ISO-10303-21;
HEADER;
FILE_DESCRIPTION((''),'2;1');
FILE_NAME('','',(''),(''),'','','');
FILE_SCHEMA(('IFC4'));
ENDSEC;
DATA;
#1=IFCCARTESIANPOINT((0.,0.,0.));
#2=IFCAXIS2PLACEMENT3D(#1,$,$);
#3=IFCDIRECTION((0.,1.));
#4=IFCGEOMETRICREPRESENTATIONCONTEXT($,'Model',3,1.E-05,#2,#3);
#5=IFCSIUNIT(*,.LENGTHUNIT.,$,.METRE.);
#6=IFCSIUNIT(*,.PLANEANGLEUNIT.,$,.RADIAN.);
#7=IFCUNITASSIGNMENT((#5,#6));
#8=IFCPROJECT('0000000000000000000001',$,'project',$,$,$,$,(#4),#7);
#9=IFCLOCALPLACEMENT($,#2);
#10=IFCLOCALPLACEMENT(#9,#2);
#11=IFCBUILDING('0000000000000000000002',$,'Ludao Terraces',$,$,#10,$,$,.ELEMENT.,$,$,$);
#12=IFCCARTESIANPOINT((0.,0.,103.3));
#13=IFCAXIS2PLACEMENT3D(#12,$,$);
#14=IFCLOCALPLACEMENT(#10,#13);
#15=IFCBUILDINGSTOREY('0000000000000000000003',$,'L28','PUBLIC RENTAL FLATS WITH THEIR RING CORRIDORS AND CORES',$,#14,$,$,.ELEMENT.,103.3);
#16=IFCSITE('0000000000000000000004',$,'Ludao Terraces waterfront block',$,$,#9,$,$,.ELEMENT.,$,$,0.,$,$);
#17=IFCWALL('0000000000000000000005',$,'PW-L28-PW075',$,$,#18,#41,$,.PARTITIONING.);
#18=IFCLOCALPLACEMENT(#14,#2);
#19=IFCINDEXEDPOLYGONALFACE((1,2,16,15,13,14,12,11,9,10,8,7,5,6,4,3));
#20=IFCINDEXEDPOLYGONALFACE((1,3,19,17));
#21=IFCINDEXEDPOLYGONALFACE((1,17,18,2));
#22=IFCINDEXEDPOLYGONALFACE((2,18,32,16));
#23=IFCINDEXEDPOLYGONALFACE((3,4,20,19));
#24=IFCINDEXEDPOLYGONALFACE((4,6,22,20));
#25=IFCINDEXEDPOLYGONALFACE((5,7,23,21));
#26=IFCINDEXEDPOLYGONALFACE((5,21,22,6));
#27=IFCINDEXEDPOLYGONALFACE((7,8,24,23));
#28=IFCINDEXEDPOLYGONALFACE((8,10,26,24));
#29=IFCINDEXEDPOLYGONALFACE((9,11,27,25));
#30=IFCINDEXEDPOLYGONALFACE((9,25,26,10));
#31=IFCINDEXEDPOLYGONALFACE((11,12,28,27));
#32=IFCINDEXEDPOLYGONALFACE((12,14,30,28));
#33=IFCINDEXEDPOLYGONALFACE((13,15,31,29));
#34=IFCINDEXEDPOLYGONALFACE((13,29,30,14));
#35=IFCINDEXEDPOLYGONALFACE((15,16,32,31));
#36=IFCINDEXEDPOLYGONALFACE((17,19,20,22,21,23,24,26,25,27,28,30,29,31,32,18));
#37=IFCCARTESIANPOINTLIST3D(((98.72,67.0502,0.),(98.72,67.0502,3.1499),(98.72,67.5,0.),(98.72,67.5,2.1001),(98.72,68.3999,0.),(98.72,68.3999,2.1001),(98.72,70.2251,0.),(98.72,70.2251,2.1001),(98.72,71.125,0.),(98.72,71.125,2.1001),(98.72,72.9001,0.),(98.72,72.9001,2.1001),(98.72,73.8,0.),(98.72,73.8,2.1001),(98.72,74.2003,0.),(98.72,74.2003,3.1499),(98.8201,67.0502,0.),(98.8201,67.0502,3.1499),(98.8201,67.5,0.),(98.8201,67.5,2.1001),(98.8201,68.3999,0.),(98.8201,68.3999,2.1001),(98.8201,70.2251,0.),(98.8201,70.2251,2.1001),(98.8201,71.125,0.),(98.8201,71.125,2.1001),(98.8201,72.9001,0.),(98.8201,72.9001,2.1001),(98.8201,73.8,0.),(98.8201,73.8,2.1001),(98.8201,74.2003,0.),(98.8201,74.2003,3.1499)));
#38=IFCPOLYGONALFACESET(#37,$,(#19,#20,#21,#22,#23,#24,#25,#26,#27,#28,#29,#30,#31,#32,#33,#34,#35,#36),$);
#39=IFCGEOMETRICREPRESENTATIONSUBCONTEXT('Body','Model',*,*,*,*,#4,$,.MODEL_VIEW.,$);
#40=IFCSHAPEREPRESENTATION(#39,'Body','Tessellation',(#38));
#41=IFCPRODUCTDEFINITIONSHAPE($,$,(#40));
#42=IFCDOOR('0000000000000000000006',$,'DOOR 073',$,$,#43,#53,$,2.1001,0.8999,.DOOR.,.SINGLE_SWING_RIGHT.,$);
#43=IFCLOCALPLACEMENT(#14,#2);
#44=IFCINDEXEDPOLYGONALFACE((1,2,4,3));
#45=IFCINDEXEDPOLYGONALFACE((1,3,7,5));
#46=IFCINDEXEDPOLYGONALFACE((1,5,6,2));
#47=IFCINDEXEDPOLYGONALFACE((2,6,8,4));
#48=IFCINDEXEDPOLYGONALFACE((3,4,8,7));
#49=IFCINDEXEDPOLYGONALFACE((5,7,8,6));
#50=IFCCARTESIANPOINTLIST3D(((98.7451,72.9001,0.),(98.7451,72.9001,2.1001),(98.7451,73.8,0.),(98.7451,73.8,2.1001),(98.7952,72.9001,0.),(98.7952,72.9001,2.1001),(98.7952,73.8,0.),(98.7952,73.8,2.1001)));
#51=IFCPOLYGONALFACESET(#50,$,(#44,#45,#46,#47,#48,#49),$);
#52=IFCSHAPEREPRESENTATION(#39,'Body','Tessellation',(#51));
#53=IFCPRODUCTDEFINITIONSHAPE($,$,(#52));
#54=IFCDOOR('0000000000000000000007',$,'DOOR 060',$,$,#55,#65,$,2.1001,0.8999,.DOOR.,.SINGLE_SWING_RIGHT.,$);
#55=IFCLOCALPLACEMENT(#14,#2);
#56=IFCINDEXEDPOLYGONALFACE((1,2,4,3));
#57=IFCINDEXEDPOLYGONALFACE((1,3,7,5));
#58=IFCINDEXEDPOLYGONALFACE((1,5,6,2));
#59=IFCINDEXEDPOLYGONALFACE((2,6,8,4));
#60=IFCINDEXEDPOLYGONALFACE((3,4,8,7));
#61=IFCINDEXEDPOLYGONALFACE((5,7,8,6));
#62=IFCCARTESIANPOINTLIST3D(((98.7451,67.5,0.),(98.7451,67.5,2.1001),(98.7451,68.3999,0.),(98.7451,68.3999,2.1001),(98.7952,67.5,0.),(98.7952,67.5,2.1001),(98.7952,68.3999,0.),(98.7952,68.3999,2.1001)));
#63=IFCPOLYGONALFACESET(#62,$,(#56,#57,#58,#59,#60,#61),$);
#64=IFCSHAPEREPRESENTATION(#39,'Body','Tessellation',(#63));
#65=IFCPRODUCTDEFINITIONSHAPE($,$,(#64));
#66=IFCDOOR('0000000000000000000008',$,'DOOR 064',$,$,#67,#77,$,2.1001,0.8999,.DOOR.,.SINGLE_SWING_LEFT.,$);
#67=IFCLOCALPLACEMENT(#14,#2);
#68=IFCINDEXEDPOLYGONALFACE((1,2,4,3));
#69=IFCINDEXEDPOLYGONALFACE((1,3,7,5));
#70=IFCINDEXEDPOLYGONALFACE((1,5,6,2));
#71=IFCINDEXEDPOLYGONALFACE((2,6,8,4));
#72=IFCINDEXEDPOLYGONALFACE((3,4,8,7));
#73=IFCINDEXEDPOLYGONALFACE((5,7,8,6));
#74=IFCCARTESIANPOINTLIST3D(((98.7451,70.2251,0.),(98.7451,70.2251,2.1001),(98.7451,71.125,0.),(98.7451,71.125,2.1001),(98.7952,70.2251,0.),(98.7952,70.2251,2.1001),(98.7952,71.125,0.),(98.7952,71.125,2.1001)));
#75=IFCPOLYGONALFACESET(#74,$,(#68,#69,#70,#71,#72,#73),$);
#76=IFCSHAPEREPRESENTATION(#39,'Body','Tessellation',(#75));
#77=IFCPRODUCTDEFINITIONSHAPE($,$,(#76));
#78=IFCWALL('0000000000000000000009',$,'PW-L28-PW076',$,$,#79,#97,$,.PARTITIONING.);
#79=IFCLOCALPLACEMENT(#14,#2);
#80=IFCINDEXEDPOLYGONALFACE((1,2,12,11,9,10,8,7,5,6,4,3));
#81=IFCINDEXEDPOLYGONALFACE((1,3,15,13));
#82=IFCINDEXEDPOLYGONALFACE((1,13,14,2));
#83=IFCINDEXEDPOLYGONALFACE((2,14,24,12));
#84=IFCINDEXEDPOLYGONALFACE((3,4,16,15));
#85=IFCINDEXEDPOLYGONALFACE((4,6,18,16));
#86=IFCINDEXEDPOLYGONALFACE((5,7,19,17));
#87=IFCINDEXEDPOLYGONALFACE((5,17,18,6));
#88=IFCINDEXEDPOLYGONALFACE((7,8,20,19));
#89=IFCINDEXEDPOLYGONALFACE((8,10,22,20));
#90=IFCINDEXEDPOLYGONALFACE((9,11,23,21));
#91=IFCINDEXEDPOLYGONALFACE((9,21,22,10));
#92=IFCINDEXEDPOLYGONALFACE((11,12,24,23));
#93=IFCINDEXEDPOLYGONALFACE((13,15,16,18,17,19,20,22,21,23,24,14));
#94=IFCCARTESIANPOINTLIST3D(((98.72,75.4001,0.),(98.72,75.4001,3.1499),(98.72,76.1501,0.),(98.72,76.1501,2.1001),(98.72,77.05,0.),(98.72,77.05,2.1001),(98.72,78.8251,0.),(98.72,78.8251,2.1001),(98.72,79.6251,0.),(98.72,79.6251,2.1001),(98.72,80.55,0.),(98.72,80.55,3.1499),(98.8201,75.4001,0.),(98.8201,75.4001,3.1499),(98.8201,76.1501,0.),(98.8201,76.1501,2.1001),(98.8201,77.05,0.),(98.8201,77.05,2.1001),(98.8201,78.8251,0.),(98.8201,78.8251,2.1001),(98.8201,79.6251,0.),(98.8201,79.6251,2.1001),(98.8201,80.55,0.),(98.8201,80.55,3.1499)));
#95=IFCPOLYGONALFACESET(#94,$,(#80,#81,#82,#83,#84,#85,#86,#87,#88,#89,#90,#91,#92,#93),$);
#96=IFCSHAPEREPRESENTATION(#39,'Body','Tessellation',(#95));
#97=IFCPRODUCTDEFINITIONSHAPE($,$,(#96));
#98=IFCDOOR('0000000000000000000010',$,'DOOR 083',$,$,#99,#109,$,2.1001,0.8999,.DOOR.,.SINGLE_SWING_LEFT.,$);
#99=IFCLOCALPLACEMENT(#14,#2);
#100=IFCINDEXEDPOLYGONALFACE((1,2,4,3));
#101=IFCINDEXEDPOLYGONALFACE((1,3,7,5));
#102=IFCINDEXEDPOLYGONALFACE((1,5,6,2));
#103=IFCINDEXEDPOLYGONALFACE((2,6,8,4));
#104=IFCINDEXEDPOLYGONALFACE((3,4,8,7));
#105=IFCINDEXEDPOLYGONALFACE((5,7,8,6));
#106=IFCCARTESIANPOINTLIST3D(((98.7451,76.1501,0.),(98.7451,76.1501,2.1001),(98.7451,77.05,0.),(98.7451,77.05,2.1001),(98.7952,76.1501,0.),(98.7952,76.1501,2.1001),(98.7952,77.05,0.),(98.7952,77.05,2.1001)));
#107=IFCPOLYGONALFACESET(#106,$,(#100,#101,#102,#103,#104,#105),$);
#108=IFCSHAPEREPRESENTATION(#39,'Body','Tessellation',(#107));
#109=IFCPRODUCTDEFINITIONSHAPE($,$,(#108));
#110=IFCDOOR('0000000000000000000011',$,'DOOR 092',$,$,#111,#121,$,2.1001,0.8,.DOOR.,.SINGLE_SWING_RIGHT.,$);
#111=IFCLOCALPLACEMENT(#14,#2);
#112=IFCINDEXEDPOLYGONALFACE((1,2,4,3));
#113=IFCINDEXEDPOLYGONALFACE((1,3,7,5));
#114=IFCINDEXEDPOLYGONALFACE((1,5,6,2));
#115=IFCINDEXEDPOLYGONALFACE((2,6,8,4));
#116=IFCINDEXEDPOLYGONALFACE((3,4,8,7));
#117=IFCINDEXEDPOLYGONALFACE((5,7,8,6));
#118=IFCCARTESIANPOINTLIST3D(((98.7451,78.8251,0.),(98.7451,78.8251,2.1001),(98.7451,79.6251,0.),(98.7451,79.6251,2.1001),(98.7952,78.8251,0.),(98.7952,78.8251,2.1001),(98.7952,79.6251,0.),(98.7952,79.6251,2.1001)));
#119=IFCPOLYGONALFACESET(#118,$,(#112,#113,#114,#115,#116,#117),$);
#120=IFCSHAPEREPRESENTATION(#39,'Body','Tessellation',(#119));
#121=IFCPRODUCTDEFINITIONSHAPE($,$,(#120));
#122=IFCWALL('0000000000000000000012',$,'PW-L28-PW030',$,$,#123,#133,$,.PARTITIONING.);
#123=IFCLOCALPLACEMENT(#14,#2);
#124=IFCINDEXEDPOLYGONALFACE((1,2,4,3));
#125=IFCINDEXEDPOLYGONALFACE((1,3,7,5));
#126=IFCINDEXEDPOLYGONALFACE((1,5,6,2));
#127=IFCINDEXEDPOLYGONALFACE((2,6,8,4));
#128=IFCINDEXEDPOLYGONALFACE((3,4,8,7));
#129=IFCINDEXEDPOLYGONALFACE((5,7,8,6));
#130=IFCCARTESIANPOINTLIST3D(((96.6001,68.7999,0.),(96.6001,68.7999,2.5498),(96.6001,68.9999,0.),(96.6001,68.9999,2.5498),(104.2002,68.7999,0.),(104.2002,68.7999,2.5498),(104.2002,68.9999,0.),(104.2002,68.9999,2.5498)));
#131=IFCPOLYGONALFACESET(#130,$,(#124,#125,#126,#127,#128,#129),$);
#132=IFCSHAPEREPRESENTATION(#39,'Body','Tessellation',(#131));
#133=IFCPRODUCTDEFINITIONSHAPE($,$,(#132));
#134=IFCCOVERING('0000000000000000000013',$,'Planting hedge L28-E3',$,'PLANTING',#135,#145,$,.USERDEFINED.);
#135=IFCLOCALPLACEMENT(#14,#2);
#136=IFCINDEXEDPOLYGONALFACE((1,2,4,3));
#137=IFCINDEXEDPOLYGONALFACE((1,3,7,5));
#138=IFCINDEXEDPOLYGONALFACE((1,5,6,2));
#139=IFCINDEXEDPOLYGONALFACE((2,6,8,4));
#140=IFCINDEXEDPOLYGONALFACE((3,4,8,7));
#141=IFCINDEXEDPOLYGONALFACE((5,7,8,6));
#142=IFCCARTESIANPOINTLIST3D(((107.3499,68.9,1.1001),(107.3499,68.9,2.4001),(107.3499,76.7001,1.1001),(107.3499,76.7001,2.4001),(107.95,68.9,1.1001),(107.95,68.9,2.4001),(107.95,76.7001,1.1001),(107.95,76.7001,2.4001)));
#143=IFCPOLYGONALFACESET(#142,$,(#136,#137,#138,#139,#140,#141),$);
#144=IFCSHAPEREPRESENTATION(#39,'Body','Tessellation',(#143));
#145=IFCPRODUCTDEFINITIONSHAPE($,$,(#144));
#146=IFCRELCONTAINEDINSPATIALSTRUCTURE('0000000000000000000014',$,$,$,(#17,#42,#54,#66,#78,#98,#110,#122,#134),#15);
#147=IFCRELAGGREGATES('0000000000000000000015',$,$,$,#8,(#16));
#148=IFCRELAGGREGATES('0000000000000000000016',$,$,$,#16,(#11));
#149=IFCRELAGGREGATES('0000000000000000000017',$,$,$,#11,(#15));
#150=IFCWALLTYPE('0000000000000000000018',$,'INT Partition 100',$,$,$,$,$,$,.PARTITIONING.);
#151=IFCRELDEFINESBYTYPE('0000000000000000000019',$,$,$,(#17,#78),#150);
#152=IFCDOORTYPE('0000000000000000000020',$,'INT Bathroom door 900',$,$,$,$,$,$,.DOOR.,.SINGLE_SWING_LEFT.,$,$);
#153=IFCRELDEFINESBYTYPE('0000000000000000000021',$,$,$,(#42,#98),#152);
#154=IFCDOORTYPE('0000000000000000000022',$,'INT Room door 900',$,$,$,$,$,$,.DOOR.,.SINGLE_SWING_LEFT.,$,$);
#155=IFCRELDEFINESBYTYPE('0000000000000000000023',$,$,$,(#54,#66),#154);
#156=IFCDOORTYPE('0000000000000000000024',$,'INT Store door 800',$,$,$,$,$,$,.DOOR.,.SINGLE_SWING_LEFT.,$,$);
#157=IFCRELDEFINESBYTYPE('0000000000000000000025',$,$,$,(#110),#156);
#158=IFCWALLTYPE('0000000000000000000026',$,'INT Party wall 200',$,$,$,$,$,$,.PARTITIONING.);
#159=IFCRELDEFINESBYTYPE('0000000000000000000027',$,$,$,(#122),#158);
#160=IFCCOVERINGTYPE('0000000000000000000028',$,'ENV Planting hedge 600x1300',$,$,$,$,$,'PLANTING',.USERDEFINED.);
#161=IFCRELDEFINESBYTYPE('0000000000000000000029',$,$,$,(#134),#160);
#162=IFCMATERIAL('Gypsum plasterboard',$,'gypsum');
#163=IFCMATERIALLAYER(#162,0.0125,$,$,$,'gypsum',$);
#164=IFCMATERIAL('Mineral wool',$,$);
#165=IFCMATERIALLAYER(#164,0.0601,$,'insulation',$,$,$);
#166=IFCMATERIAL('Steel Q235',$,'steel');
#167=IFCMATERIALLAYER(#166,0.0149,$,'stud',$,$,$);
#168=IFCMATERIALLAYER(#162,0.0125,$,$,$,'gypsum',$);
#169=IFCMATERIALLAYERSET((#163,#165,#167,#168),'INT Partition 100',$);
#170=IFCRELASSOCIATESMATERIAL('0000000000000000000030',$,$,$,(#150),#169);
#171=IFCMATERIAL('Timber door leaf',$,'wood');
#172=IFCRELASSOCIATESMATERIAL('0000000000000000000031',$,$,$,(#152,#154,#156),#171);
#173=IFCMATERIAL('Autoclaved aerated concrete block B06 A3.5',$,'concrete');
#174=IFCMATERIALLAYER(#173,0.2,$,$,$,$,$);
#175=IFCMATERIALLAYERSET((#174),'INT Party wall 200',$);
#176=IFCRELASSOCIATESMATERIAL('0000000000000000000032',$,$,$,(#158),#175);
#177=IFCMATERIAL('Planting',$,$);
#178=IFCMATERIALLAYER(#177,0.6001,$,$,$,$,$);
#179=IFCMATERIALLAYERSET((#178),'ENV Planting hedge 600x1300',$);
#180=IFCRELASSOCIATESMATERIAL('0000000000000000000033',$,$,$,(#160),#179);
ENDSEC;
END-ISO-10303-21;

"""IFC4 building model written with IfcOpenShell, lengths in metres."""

from ifc_helpers import new_model, si_unit, direction, frame, frame_2d, origin, origin_2d, place, context, subcontext, project, spatial, rectangle, extrude, material, layer, layer_set, type_object, element, fill, save


model = new_model("IFC4")

# Units and contexts
model_context = context("Model", 3, precision=1e-05, world=origin(), true_north=direction((0.0, 1.0)))
body_context = subcontext(model_context, "Body", "Model", "MODEL_VIEW")
ifc_project = project(units=[si_unit("LENGTHUNIT", "METRE"), si_unit("PLANEANGLEUNIT", "RADIAN")], contexts=[model_context])

# Site, building, storey
site_placement = place(None, origin())
site = spatial("IfcSite", under=ifc_project, at=site_placement, Name="Ludao Terraces waterfront block", CompositionType="ELEMENT", RefElevation=0.0)
building_placement = place(site_placement, origin())
building = spatial("IfcBuilding", under=site, at=building_placement, Name="Ludao Terraces", CompositionType="ELEMENT")
storey_placement = place(building_placement, frame((0.0, 0.0, 103.3)))
storey = spatial("IfcBuildingStorey", under=building, at=storey_placement, Name="L28", Description="PUBLIC RENTAL FLATS WITH THEIR RING CORRIDORS AND CORES", CompositionType="ELEMENT", Elevation=103.3)

# Shared definitions
ifc_material_1 = material(Name="Mineral wool")

# Shared definitions
ifc_material_2 = material(Name="Gypsum plasterboard", Category="gypsum")
ifc_layer_1 = layer(ifc_material_2, 0.0125, Category="gypsum")
ifc_layer_2 = layer(ifc_material_1, 0.0601, Name="insulation")
ifc_material_3 = material(Name="Steel Q235", Category="steel")
ifc_layer_3 = layer(ifc_material_3, 0.0149, Name="stud")
ifc_layer_4 = layer(ifc_material_2, 0.0125, Category="gypsum")
ifc_layer_set_1 = layer_set([ifc_layer_1, ifc_layer_2, ifc_layer_3, ifc_layer_4], Name="INT Partition 100")
wall_type_1 = type_object("IfcWallType", Name="INT Partition 100", PredefinedType="PARTITIONING", material=ifc_layer_set_1)

# Walls, openings, doors
wall_1_placement = place(storey_placement, frame((98.77, 67.05, 0.0), z_axis=(0.0, 0.0, 1.0), x_axis=(0.0, 1.0, 0.0)))
wall_1 = element("IfcWall", 1, at=wall_1_placement, inside=storey, type_object=wall_type_1, Name="PW-L28-PW075", PredefinedType="PARTITIONING", context=body_context, shape_type="SweptSolid", body=[
    extrude(rectangle(XDim=7.1501, YDim=0.1001, at=frame_2d((3.5752, 0.0))), origin(), (0.0, 0.0, 1.0), 3.1499),
])
opening_1_placement = place(wall_1_placement, frame((0.45, 0.0, 0.0)))
opening_1 = element("IfcOpeningElement", 2, at=opening_1_placement, cuts=wall_1, PredefinedType="OPENING", context=body_context, shape_type="SweptSolid", body=[
    extrude(rectangle(XDim=0.8999, YDim=2.1001, at=frame_2d((0.45, 1.05))), frame((0.0, 0.0601, 0.0), z_axis=(0.0, -1.0, 0.0), x_axis=(1.0, 0.0, 0.0)), (0.0, 0.0, 1.0), 0.1201),
])
opening_2_placement = place(wall_1_placement, frame((3.175, 0.0, 0.0)))
opening_2 = element("IfcOpeningElement", 3, at=opening_2_placement, cuts=wall_1, PredefinedType="OPENING", context=body_context, shape_type="SweptSolid", body=[
    extrude(rectangle(XDim=0.8999, YDim=2.1001, at=frame_2d((0.45, 1.05))), frame((0.0, 0.0601, 0.0), z_axis=(0.0, -1.0, 0.0), x_axis=(1.0, 0.0, 0.0)), (0.0, 0.0, 1.0), 0.1201),
])
opening_3_placement = place(wall_1_placement, frame((5.8501, 0.0, 0.0)))
opening_3 = element("IfcOpeningElement", 4, at=opening_3_placement, cuts=wall_1, PredefinedType="OPENING", context=body_context, shape_type="SweptSolid", body=[
    extrude(rectangle(XDim=0.8999, YDim=2.1001, at=frame_2d((0.45, 1.05))), frame((0.0, 0.0601, 0.0), z_axis=(0.0, -1.0, 0.0), x_axis=(1.0, 0.0, 0.0)), (0.0, 0.0, 1.0), 0.1201),
])
ifc_material_4 = material(Name="Timber door leaf", Category="wood")
door_type_1 = type_object("IfcDoorType", Name="INT Bathroom door 900", OperationType="SINGLE_SWING_LEFT", PredefinedType="DOOR", material=ifc_material_4)
door_1_placement = place(opening_3_placement, origin())
door_1 = element("IfcDoor", 5, at=door_1_placement, inside=storey, type_object=door_type_1, Name="DOOR 073", OperationType="SINGLE_SWING_RIGHT", OverallHeight=2.1001, OverallWidth=0.8999, PredefinedType="DOOR", context=body_context, shape_type="SweptSolid", body=[
    extrude(rectangle(XDim=0.8999, YDim=2.1001, at=frame_2d((0.45, 1.05))), frame((0.0, 0.0249, 0.0), z_axis=(0.0, -1.0, 0.0), x_axis=(1.0, 0.0, 0.0)), (0.0, 0.0, 1.0), 0.05),
])
fill(opening_3, door_1)
door_type_2 = type_object("IfcDoorType", Name="INT Room door 900", OperationType="SINGLE_SWING_LEFT", PredefinedType="DOOR", material=ifc_material_4)
door_2_placement = place(opening_1_placement, origin())
door_2 = element("IfcDoor", 6, at=door_2_placement, inside=storey, type_object=door_type_2, Name="DOOR 060", OperationType="SINGLE_SWING_RIGHT", OverallHeight=2.1001, OverallWidth=0.8999, PredefinedType="DOOR", context=body_context, shape_type="SweptSolid", body=[
    extrude(rectangle(XDim=0.8999, YDim=2.1001, at=frame_2d((0.45, 1.05))), frame((0.0, 0.0249, 0.0), z_axis=(0.0, -1.0, 0.0), x_axis=(1.0, 0.0, 0.0)), (0.0, 0.0, 1.0), 0.05),
])
fill(opening_1, door_2)
door_3_placement = place(opening_2_placement, origin())
door_3 = element("IfcDoor", 7, at=door_3_placement, inside=storey, type_object=door_type_2, Name="DOOR 064", OperationType="SINGLE_SWING_LEFT", OverallHeight=2.1001, OverallWidth=0.8999, PredefinedType="DOOR", context=body_context, shape_type="SweptSolid", body=[
    extrude(rectangle(XDim=0.8999, YDim=2.1001, at=frame_2d((0.45, 1.05))), frame((0.0, 0.0249, 0.0), z_axis=(0.0, -1.0, 0.0), x_axis=(1.0, 0.0, 0.0)), (0.0, 0.0, 1.0), 0.05),
])
fill(opening_2, door_3)
wall_2_placement = place(storey_placement, frame((98.77, 75.4001, 0.0), z_axis=(0.0, 0.0, 1.0), x_axis=(0.0, 1.0, 0.0)))
wall_2 = element("IfcWall", 8, at=wall_2_placement, inside=storey, type_object=wall_type_1, Name="PW-L28-PW076", PredefinedType="PARTITIONING", context=body_context, shape_type="SweptSolid", body=[
    extrude(rectangle(XDim=5.1499, YDim=0.1001, at=frame_2d((2.575, 0.0))), origin(), (0.0, 0.0, 1.0), 3.1499),
])
opening_4_placement = place(wall_2_placement, frame((0.75, 0.0, 0.0)))
opening_4 = element("IfcOpeningElement", 9, at=opening_4_placement, cuts=wall_2, PredefinedType="OPENING", context=body_context, shape_type="SweptSolid", body=[
    extrude(rectangle(XDim=0.8999, YDim=2.1001, at=frame_2d((0.45, 1.05))), frame((0.0, 0.0601, 0.0), z_axis=(0.0, -1.0, 0.0), x_axis=(1.0, 0.0, 0.0)), (0.0, 0.0, 1.0), 0.1201),
])
opening_5_placement = place(wall_2_placement, frame((3.425, 0.0, 0.0)))
opening_5 = element("IfcOpeningElement", 10, at=opening_5_placement, cuts=wall_2, PredefinedType="OPENING", context=body_context, shape_type="SweptSolid", body=[
    extrude(rectangle(XDim=0.8, YDim=2.1001, at=frame_2d((0.3999, 1.05))), frame((0.0, 0.0601, 0.0), z_axis=(0.0, -1.0, 0.0), x_axis=(1.0, 0.0, 0.0)), (0.0, 0.0, 1.0), 0.1201),
])
door_4_placement = place(opening_4_placement, origin())
door_4 = element("IfcDoor", 11, at=door_4_placement, inside=storey, type_object=door_type_1, Name="DOOR 083", OperationType="SINGLE_SWING_LEFT", OverallHeight=2.1001, OverallWidth=0.8999, PredefinedType="DOOR", context=body_context, shape_type="SweptSolid", body=[
    extrude(rectangle(XDim=0.8999, YDim=2.1001, at=frame_2d((0.45, 1.05))), frame((0.0, 0.0249, 0.0), z_axis=(0.0, -1.0, 0.0), x_axis=(1.0, 0.0, 0.0)), (0.0, 0.0, 1.0), 0.05),
])
fill(opening_4, door_4)
door_type_3 = type_object("IfcDoorType", Name="INT Store door 800", OperationType="SINGLE_SWING_LEFT", PredefinedType="DOOR", material=ifc_material_4)
door_5_placement = place(opening_5_placement, origin())
door_5 = element("IfcDoor", 12, at=door_5_placement, inside=storey, type_object=door_type_3, Name="DOOR 092", OperationType="SINGLE_SWING_RIGHT", OverallHeight=2.1001, OverallWidth=0.8, PredefinedType="DOOR", context=body_context, shape_type="SweptSolid", body=[
    extrude(rectangle(XDim=0.8, YDim=2.1001, at=frame_2d((0.3999, 1.05))), frame((0.0, 0.0249, 0.0), z_axis=(0.0, -1.0, 0.0), x_axis=(1.0, 0.0, 0.0)), (0.0, 0.0, 1.0), 0.05),
])
fill(opening_5, door_5)

# Wall
ifc_material_5 = material(Name="Autoclaved aerated concrete block B06 A3.5", Category="concrete")
ifc_layer_5 = layer(ifc_material_5, 0.2)
ifc_layer_set_2 = layer_set([ifc_layer_5], Name="INT Party wall 200")
wall_type_2 = type_object("IfcWallType", Name="INT Party wall 200", PredefinedType="PARTITIONING", material=ifc_layer_set_2)
wall_3_placement = place(storey_placement, frame((96.6001, 68.8999, 0.0), z_axis=(0.0, 0.0, 1.0), x_axis=(1.0, 0.0, 0.0)))
element("IfcWall", 13, at=wall_3_placement, inside=storey, type_object=wall_type_2, Name="PW-L28-PW030", PredefinedType="PARTITIONING", context=body_context, shape_type="SweptSolid", body=[
    extrude(rectangle(XDim=7.6001, YDim=0.2, at=frame_2d((3.8, 0.0))), origin(), (0.0, 0.0, 1.0), 2.5498),
])

# Covering
ifc_material_6 = material(Name="Planting")
ifc_layer_6 = layer(ifc_material_6, 0.6001)
ifc_layer_set_3 = layer_set([ifc_layer_6], Name="ENV Planting hedge 600x1300")
covering_type = type_object("IfcCoveringType", Name="ENV Planting hedge 600x1300", ElementType="PLANTING", PredefinedType="USERDEFINED", material=ifc_layer_set_3)
covering_placement = place(storey_placement, frame((107.6499, 72.8, 1.1001), z_axis=(0.0, 0.0, 1.0), x_axis=(1.0, 0.0, 0.0)))
element("IfcCovering", 14, at=covering_placement, inside=storey, type_object=covering_type, Name="Planting hedge L28-E3", ObjectType="PLANTING", PredefinedType="USERDEFINED", context=body_context, shape_type="SweptSolid", body=[
    extrude(rectangle(XDim=0.6001, YDim=7.8, at=origin_2d()), origin(), (0.0, 0.0, 1.0), 1.3),
])

save(model, "model.ifc")
